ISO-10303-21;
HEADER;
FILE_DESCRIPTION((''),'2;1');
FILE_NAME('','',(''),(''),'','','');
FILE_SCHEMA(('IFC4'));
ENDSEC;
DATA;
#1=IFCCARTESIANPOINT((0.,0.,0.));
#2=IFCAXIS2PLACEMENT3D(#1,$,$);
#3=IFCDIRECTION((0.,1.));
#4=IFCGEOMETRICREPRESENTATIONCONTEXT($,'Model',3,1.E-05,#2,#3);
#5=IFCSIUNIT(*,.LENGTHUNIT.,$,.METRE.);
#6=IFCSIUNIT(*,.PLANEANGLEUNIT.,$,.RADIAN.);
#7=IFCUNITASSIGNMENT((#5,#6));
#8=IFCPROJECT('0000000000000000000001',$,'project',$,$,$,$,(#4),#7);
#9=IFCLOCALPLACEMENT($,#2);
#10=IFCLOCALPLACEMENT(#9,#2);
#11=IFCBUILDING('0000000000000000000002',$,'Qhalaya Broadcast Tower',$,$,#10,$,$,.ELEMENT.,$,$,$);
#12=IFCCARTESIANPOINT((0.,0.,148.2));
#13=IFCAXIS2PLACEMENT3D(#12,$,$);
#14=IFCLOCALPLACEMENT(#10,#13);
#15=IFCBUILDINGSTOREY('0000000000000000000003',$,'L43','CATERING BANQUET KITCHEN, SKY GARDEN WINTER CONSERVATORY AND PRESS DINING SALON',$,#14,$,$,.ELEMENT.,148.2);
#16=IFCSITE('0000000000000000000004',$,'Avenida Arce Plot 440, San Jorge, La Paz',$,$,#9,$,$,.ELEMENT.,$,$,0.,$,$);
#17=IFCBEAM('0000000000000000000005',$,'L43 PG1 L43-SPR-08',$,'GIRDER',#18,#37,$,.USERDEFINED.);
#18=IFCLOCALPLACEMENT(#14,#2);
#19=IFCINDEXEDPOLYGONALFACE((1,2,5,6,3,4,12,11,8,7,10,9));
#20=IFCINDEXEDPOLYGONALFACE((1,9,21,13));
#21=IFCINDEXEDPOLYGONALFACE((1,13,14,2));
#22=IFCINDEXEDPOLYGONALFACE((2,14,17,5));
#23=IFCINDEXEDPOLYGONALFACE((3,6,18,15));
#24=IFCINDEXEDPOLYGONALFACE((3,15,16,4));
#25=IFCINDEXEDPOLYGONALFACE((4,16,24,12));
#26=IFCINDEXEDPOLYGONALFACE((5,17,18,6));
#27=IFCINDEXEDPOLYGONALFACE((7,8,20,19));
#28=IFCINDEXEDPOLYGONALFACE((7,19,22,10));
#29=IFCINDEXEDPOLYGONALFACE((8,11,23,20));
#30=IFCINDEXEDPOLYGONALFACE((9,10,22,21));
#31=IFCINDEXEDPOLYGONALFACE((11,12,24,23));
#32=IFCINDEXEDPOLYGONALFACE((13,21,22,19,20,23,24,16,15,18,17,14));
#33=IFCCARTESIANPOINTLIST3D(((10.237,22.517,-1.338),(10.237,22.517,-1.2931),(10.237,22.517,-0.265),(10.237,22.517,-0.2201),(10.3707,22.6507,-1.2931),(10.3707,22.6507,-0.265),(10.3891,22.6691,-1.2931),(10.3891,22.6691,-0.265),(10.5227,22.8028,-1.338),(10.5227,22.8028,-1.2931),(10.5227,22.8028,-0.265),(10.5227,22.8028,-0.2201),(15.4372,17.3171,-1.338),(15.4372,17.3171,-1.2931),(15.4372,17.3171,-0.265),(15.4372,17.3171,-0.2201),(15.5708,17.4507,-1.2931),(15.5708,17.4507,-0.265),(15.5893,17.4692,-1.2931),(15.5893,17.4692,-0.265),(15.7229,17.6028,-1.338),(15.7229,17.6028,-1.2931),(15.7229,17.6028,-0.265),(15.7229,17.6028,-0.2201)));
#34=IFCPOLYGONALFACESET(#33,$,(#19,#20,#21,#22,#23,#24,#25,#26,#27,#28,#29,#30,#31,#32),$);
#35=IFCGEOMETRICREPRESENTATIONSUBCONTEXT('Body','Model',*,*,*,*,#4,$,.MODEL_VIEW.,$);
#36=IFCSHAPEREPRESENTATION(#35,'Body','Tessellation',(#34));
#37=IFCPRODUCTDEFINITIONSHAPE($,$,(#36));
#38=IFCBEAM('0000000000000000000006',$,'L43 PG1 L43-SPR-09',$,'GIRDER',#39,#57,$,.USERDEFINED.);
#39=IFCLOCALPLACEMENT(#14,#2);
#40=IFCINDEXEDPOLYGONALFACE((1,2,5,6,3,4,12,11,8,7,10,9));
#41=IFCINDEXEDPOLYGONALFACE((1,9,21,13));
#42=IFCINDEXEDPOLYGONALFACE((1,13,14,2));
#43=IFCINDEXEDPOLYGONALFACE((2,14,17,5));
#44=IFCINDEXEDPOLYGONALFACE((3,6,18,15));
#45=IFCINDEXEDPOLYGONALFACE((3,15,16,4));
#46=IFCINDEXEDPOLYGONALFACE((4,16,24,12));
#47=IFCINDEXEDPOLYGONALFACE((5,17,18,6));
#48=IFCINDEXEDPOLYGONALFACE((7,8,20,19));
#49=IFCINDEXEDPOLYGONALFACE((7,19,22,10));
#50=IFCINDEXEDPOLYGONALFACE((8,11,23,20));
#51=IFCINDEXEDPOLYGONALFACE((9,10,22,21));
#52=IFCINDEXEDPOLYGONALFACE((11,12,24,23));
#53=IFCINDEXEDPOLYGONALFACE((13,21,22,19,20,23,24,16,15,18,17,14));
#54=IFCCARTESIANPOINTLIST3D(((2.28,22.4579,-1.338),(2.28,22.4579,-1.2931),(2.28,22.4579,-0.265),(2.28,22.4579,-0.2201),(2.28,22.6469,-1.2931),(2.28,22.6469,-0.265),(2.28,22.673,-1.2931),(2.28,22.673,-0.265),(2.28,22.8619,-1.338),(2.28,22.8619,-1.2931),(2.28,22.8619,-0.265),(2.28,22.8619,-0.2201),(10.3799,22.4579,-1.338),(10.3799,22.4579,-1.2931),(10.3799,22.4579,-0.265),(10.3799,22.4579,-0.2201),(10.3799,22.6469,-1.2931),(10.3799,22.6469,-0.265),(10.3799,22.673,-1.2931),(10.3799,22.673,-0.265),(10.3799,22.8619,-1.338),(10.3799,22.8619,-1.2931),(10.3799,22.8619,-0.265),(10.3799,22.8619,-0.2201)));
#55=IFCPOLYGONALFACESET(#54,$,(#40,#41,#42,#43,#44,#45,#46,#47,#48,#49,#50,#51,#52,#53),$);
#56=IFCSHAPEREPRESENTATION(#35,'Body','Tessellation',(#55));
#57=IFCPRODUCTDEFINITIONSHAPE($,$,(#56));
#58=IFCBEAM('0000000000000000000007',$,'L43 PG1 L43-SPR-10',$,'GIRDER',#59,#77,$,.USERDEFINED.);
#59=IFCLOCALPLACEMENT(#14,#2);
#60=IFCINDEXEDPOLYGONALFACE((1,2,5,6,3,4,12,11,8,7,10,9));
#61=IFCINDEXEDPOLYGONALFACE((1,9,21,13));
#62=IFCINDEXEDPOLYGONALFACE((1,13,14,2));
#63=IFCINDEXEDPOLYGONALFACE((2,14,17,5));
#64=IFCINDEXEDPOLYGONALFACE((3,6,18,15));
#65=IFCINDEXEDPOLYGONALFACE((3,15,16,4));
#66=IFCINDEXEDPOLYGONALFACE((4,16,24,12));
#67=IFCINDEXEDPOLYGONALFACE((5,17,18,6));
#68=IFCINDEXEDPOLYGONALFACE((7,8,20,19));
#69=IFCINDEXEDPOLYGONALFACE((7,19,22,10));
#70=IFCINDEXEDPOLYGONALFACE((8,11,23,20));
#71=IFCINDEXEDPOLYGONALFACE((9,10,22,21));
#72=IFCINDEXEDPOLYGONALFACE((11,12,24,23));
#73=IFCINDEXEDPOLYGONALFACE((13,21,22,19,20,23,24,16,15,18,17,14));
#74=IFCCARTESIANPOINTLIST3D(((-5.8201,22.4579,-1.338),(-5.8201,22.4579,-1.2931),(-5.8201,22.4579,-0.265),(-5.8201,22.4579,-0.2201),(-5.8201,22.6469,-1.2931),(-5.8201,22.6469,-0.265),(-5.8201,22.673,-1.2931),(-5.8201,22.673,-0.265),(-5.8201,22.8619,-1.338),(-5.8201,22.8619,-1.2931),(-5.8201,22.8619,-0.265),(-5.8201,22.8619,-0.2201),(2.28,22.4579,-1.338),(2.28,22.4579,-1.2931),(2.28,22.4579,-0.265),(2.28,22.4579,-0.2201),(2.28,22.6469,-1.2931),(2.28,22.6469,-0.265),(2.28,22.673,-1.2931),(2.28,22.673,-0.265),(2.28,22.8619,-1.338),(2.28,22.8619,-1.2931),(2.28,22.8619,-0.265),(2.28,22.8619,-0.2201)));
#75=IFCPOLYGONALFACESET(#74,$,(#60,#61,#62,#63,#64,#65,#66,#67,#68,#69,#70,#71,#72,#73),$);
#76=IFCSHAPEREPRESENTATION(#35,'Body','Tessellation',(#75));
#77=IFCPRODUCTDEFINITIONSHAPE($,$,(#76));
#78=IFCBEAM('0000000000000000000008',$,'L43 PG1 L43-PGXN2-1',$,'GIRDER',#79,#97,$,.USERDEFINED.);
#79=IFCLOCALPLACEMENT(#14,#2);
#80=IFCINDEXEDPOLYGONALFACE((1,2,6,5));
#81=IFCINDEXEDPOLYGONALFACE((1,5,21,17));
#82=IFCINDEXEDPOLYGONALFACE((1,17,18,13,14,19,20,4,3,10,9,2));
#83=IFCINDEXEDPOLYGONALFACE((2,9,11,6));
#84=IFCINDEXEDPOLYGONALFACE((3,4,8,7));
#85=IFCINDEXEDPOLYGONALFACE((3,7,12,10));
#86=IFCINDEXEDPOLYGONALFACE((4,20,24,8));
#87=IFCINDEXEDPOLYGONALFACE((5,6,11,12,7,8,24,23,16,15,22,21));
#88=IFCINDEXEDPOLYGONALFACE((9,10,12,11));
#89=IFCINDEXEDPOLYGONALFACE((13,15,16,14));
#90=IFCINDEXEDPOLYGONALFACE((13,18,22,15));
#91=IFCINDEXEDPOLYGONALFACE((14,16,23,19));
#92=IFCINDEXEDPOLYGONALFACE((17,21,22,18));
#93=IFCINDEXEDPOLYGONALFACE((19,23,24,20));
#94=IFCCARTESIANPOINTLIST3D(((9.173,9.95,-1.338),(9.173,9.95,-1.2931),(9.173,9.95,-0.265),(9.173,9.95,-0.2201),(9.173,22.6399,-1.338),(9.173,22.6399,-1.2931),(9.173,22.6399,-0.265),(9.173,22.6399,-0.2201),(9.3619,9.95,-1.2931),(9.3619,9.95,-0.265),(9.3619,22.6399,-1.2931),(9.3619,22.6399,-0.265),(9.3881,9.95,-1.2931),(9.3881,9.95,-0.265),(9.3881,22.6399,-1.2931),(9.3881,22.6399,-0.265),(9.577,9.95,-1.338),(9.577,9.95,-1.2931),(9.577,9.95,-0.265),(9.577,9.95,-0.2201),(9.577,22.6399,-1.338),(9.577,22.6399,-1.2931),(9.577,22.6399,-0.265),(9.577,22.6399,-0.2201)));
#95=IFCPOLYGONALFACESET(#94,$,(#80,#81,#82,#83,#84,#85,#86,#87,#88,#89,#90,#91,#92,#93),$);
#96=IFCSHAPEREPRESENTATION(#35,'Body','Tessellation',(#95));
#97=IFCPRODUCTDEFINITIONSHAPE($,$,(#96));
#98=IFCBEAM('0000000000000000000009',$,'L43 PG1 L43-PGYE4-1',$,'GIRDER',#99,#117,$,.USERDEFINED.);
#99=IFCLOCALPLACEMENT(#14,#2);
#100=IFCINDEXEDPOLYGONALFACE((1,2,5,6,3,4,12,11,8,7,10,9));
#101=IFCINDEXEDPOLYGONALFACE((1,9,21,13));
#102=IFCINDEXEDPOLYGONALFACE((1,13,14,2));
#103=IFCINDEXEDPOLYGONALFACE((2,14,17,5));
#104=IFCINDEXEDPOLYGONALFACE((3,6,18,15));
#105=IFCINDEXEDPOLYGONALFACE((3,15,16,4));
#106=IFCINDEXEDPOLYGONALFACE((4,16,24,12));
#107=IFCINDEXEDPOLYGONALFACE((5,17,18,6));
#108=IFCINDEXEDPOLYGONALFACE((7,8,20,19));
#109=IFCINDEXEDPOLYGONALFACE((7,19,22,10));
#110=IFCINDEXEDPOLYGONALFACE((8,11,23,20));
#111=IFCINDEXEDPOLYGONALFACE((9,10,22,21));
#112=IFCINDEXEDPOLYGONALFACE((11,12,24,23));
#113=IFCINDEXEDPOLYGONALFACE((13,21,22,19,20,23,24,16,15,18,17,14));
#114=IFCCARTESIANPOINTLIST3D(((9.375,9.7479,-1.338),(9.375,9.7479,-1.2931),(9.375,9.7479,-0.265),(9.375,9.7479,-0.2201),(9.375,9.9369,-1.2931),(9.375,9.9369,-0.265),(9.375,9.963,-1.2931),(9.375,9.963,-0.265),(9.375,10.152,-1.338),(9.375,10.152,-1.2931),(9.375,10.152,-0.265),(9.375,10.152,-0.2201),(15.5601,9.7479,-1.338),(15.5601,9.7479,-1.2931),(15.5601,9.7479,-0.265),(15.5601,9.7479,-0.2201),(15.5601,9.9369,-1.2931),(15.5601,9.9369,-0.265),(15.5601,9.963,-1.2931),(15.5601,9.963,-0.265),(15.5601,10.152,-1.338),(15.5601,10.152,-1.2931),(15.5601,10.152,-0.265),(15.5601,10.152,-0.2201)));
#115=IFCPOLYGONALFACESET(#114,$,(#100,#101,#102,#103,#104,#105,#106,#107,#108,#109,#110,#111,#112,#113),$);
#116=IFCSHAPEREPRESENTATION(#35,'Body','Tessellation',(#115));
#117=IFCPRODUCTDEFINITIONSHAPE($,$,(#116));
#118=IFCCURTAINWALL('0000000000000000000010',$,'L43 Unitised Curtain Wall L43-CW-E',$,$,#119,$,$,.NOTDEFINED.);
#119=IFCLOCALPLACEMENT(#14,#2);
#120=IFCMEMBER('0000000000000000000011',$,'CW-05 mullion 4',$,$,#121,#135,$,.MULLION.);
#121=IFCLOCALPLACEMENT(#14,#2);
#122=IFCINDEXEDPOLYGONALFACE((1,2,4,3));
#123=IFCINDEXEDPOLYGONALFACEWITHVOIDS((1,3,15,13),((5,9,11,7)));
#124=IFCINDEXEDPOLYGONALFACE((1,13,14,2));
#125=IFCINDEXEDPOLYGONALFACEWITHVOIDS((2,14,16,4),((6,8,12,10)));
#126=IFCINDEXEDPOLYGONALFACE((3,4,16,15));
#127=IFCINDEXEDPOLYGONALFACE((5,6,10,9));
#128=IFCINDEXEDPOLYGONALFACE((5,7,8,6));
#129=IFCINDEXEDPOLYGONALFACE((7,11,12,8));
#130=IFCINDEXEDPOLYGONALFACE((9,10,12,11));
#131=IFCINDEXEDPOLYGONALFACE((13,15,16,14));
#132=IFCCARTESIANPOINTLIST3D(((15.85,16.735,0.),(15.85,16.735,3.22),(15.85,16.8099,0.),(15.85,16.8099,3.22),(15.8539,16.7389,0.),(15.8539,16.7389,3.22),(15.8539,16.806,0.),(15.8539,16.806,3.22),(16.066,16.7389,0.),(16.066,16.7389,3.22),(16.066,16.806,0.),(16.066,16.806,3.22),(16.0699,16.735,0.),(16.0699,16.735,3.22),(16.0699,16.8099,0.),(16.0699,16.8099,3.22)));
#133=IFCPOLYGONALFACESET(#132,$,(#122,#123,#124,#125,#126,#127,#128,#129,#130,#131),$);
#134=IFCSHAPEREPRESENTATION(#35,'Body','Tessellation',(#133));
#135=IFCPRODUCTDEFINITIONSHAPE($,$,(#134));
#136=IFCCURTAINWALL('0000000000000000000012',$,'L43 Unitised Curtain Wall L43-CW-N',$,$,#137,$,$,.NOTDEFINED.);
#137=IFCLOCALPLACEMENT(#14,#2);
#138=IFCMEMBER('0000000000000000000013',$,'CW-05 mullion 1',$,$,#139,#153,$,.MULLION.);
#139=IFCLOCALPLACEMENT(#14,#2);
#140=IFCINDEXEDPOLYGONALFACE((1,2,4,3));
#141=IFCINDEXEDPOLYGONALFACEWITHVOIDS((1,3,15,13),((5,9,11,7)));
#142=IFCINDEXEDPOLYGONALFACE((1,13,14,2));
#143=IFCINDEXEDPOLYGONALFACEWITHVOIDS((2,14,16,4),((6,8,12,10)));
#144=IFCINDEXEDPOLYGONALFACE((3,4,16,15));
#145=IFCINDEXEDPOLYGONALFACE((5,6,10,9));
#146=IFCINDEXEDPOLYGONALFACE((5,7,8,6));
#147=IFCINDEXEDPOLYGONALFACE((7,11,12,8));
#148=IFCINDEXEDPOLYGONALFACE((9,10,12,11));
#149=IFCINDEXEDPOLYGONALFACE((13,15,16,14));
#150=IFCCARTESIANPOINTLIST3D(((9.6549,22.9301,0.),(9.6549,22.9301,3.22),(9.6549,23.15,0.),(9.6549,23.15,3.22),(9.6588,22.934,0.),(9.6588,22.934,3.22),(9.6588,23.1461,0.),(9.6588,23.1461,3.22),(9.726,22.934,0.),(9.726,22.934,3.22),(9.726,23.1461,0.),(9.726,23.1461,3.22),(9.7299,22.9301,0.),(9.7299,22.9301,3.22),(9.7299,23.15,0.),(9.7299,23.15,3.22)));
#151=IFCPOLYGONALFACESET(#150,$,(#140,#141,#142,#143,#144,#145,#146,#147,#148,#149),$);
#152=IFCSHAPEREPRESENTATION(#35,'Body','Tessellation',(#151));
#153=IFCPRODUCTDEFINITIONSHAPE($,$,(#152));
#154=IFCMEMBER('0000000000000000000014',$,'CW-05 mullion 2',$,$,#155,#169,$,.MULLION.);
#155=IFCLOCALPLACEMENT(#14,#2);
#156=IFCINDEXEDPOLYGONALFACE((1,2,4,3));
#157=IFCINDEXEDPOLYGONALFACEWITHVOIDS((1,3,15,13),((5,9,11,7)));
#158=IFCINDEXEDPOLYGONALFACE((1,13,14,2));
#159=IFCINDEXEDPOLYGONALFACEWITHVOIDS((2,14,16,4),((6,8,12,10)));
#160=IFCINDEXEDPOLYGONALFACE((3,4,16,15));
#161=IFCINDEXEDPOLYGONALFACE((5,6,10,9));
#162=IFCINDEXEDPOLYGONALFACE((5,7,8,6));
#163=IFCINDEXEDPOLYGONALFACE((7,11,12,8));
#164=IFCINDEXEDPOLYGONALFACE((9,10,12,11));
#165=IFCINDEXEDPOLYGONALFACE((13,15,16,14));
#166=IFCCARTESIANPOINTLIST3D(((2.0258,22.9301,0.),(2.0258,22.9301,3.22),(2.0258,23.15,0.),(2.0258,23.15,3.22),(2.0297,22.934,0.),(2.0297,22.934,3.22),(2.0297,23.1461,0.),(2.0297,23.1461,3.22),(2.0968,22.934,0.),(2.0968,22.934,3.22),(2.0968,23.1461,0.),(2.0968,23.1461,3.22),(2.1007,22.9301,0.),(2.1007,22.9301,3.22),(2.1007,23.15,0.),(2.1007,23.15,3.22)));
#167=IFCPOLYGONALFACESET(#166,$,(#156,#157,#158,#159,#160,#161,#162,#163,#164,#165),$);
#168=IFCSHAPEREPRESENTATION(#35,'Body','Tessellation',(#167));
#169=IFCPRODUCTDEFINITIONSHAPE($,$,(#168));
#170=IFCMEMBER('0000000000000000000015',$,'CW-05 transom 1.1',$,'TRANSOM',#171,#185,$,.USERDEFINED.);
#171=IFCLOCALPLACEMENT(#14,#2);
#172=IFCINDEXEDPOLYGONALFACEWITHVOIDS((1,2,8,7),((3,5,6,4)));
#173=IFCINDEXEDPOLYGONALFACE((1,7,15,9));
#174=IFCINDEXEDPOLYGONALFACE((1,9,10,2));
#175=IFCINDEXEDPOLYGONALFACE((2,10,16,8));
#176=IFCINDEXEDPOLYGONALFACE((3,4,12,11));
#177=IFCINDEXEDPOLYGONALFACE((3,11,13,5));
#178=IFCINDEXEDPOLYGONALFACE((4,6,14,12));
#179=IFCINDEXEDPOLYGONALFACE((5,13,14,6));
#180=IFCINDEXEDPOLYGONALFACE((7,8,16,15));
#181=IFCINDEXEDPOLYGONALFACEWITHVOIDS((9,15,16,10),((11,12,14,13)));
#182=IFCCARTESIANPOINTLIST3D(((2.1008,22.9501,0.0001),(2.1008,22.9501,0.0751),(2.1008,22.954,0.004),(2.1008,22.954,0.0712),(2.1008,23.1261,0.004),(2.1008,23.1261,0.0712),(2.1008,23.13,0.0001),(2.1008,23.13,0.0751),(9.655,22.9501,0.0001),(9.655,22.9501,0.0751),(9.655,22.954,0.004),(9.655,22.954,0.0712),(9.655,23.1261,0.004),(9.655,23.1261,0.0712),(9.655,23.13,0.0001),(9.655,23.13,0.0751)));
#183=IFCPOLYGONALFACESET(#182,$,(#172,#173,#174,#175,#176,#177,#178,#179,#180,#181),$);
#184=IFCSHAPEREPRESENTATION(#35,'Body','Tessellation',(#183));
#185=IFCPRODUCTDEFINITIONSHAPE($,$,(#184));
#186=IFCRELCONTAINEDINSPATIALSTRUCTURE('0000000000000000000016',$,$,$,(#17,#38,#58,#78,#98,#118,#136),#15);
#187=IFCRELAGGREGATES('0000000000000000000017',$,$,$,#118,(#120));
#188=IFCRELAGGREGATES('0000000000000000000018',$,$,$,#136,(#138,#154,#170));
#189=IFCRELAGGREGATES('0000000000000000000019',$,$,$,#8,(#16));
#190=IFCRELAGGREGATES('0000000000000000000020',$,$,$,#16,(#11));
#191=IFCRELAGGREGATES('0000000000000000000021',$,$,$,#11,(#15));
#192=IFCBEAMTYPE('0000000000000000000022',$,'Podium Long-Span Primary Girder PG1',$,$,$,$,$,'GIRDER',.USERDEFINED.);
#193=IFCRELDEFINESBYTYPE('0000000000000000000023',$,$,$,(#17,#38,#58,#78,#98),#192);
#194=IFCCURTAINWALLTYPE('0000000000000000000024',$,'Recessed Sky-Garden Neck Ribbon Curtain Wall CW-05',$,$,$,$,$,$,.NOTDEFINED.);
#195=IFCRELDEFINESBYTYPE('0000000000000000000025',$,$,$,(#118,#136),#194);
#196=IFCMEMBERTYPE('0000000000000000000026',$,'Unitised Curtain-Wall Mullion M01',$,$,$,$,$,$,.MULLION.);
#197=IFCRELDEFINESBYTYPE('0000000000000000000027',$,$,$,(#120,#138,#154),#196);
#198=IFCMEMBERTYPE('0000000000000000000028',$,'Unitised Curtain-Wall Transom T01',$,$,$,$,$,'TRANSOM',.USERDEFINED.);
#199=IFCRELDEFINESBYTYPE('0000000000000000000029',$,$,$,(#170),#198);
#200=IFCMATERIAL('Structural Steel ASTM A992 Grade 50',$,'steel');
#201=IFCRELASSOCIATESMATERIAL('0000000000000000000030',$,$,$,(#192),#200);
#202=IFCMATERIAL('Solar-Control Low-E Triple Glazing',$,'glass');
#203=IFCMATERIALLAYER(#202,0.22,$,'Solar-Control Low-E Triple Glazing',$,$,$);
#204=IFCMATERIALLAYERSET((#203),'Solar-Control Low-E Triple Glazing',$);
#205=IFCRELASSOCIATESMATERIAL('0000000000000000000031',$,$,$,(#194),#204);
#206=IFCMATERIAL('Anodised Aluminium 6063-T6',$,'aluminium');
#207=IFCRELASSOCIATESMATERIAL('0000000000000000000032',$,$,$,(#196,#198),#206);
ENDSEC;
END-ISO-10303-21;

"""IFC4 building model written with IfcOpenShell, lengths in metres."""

from ifc_helpers import new_model, si_unit, direction, frame, origin, origin_2d, place, context, subcontext, project, spatial, hollow_rectangle, i_section, extrude, material, layer, layer_set, material_profile, profile_set, type_object, element, aggregate, save


model = new_model("IFC4")

# Units and contexts
model_context = context("Model", 3, precision=1e-05, world=origin(), true_north=direction((0.0, 1.0)))
body_context = subcontext(model_context, "Body", "Model", "MODEL_VIEW")
ifc_project = project(units=[si_unit("LENGTHUNIT", "METRE"), si_unit("PLANEANGLEUNIT", "RADIAN")], contexts=[model_context])

# Site, building, storey
site_placement = place(None, origin())
site = spatial("IfcSite", under=ifc_project, at=site_placement, Name="Avenida Arce Plot 440, San Jorge, La Paz", CompositionType="ELEMENT", RefElevation=0.0)
building_placement = place(site_placement, origin())
building = spatial("IfcBuilding", under=site, at=building_placement, Name="Qhalaya Broadcast Tower", CompositionType="ELEMENT")
storey_placement = place(building_placement, frame((0.0, 0.0, 148.2)))
storey = spatial("IfcBuildingStorey", under=building, at=storey_placement, Name="L43", Description="CATERING BANQUET KITCHEN, SKY GARDEN WINTER CONSERVATORY AND PRESS DINING SALON", CompositionType="ELEMENT", Elevation=148.2)

# Shared definitions
ifc_material_1 = material(Name="Structural Steel ASTM A992 Grade 50", Category="steel")

# Beams
ifc_material_profile_1 = material_profile(ifc_material_1, i_section(OverallWidth=0.4041, OverallDepth=1.1179, WebThickness=0.0261, FlangeThickness=0.0449, at=origin_2d()), Name="W44X335")
ifc_profile_set_1 = profile_set([ifc_material_profile_1], Name="Structural Steel ASTM A992 Grade 50")
beam_type_1 = type_object("IfcBeamType", Name="Podium Long-Span Primary Girder PG1", ElementType="GIRDER", PredefinedType="USERDEFINED", material=ifc_profile_set_1)
beam_1_placement = place(storey_placement, frame((15.5801, 17.46, -0.7791), z_axis=(-0.707123, 0.70709, 0.0), x_axis=(-0.70709, -0.707123, 0.0)))
element("IfcBeam", 1, at=beam_1_placement, inside=storey, type_object=beam_type_1, Name="L43 PG1 L43-SPR-08", ObjectType="GIRDER", PredefinedType="USERDEFINED", context=body_context, shape_type="SweptSolid", body=[
    extrude(i_section(OverallWidth=0.4041, OverallDepth=1.1179, WebThickness=0.0261, FlangeThickness=0.0449, at=origin_2d()), origin(), (0.0, 0.0, 1.0), 7.354),
])
beam_2_placement = place(storey_placement, frame((10.3799, 22.6599, -0.7791), z_axis=(-1.0, 0.0, 0.0), x_axis=(0.0, -1.0, 0.0)))
element("IfcBeam", 2, at=beam_2_placement, inside=storey, type_object=beam_type_1, Name="L43 PG1 L43-SPR-09", ObjectType="GIRDER", PredefinedType="USERDEFINED", context=body_context, shape_type="SweptSolid", body=[
    extrude(i_section(OverallWidth=0.4041, OverallDepth=1.1179, WebThickness=0.0261, FlangeThickness=0.0449, at=origin_2d()), origin(), (0.0, 0.0, 1.0), 8.0999),
])
beam_3_placement = place(storey_placement, frame((2.28, 22.6599, -0.7791), z_axis=(-1.0, 0.0, 0.0), x_axis=(0.0, -1.0, 0.0)))
element("IfcBeam", 3, at=beam_3_placement, inside=storey, type_object=beam_type_1, Name="L43 PG1 L43-SPR-10", ObjectType="GIRDER", PredefinedType="USERDEFINED", context=body_context, shape_type="SweptSolid", body=[
    extrude(i_section(OverallWidth=0.4041, OverallDepth=1.1179, WebThickness=0.0261, FlangeThickness=0.0449, at=origin_2d()), origin(), (0.0, 0.0, 1.0), 8.1001),
])
beam_4_placement = place(storey_placement, frame((9.375, 9.95, -0.7791), z_axis=(0.0, 1.0, 0.0), x_axis=(-1.0, 0.0, 0.0)))
element("IfcBeam", 4, at=beam_4_placement, inside=storey, type_object=beam_type_1, Name="L43 PG1 L43-PGXN2-1", ObjectType="GIRDER", PredefinedType="USERDEFINED", context=body_context, shape_type="SweptSolid", body=[
    extrude(i_section(OverallWidth=0.4041, OverallDepth=1.1179, WebThickness=0.0261, FlangeThickness=0.0449, at=origin_2d()), origin(), (0.0, 0.0, 1.0), 12.6899),
])
beam_5_placement = place(storey_placement, frame((9.375, 9.95, -0.7791), z_axis=(1.0, 0.0, 0.0), x_axis=(0.0, 1.0, 0.0)))
element("IfcBeam", 5, at=beam_5_placement, inside=storey, type_object=beam_type_1, Name="L43 PG1 L43-PGYE4-1", ObjectType="GIRDER", PredefinedType="USERDEFINED", context=body_context, shape_type="SweptSolid", body=[
    extrude(i_section(OverallWidth=0.4041, OverallDepth=1.1179, WebThickness=0.0261, FlangeThickness=0.0449, at=origin_2d()), origin(), (0.0, 0.0, 1.0), 6.1851),
])

# Curtain wall, member
ifc_material_2 = material(Name="Solar-Control Low-E Triple Glazing", Category="glass")
ifc_layer_1 = layer(ifc_material_2, 0.22, Name="Solar-Control Low-E Triple Glazing")
ifc_layer_set_1 = layer_set([ifc_layer_1], Name="Solar-Control Low-E Triple Glazing")
curtain_wall_type = type_object("IfcCurtainWallType", Name="Recessed Sky-Garden Neck Ribbon Curtain Wall CW-05", PredefinedType="NOTDEFINED", material=ifc_layer_set_1)
curtain_wall_1_placement = place(storey_placement, origin())
curtain_wall_1 = element("IfcCurtainWall", 6, at=curtain_wall_1_placement, inside=storey, type_object=curtain_wall_type, Name="L43 Unitised Curtain Wall L43-CW-E", PredefinedType="NOTDEFINED")
ifc_material_3 = material(Name="Anodised Aluminium 6063-T6", Category="aluminium")
ifc_material_profile_2 = material_profile(ifc_material_3, hollow_rectangle(XDim=0.075, YDim=0.22, WallThickness=0.0039, at=origin_2d()), Name="ALU-MUL 75x220x4")
ifc_profile_set_2 = profile_set([ifc_material_profile_2], Name="Anodised Aluminium 6063-T6")
member_type_1 = type_object("IfcMemberType", Name="Unitised Curtain-Wall Mullion M01", PredefinedType="MULLION", material=ifc_profile_set_2)
member_1_placement = place(storey_placement, frame((15.96, 16.7725, 0.0), z_axis=(0.0, 0.0, 1.0), x_axis=(0.0, 1.0, 0.0)))
member_1 = element("IfcMember", 7, at=member_1_placement, type_object=member_type_1, Name="CW-05 mullion 4", PredefinedType="MULLION", context=body_context, shape_type="SweptSolid", body=[
    extrude(hollow_rectangle(XDim=0.075, YDim=0.22, WallThickness=0.0039, at=origin_2d()), origin(), (0.0, 0.0, 1.0), 3.22),
])

# Curtain wall, members
curtain_wall_2_placement = place(storey_placement, origin())
curtain_wall_2 = element("IfcCurtainWall", 8, at=curtain_wall_2_placement, inside=storey, type_object=curtain_wall_type, Name="L43 Unitised Curtain Wall L43-CW-N", PredefinedType="NOTDEFINED")
member_2_placement = place(storey_placement, frame((9.6924, 23.04, 0.0), z_axis=(0.0, 0.0, 1.0), x_axis=(-1.0, 0.0, 0.0)))
member_2 = element("IfcMember", 9, at=member_2_placement, type_object=member_type_1, Name="CW-05 mullion 1", PredefinedType="MULLION", context=body_context, shape_type="SweptSolid", body=[
    extrude(hollow_rectangle(XDim=0.075, YDim=0.22, WallThickness=0.0039, at=origin_2d()), origin(), (0.0, 0.0, 1.0), 3.22),
])
member_3_placement = place(storey_placement, frame((2.0632, 23.04, 0.0), z_axis=(0.0, 0.0, 1.0), x_axis=(-1.0, 0.0, 0.0)))
member_3 = element("IfcMember", 10, at=member_3_placement, type_object=member_type_1, Name="CW-05 mullion 2", PredefinedType="MULLION", context=body_context, shape_type="SweptSolid", body=[
    extrude(hollow_rectangle(XDim=0.075, YDim=0.22, WallThickness=0.0039, at=origin_2d()), origin(), (0.0, 0.0, 1.0), 3.22),
])
ifc_material_profile_3 = material_profile(ifc_material_3, hollow_rectangle(XDim=0.075, YDim=0.1799, WallThickness=0.0039, at=origin_2d()), Name="ALU-TRN 75x180x4")
ifc_profile_set_3 = profile_set([ifc_material_profile_3], Name="Anodised Aluminium 6063-T6")
member_type_2 = type_object("IfcMemberType", Name="Unitised Curtain-Wall Transom T01", ElementType="TRANSOM", PredefinedType="USERDEFINED", material=ifc_profile_set_3)
member_4_placement = place(storey_placement, frame((9.655, 23.04, 0.0376), z_axis=(-1.0, 0.0, 0.0), x_axis=(0.0, 0.0, 1.0)))
member_4 = element("IfcMember", 11, at=member_4_placement, type_object=member_type_2, Name="CW-05 transom 1.1", ObjectType="TRANSOM", PredefinedType="USERDEFINED", context=body_context, shape_type="SweptSolid", body=[
    extrude(hollow_rectangle(XDim=0.075, YDim=0.1799, WallThickness=0.0039, at=origin_2d()), origin(), (0.0, 0.0, 1.0), 7.5542),
])

aggregate(curtain_wall_1, [member_1])
aggregate(curtain_wall_2, [member_2, member_3, member_4])

save(model, "model.ifc")
